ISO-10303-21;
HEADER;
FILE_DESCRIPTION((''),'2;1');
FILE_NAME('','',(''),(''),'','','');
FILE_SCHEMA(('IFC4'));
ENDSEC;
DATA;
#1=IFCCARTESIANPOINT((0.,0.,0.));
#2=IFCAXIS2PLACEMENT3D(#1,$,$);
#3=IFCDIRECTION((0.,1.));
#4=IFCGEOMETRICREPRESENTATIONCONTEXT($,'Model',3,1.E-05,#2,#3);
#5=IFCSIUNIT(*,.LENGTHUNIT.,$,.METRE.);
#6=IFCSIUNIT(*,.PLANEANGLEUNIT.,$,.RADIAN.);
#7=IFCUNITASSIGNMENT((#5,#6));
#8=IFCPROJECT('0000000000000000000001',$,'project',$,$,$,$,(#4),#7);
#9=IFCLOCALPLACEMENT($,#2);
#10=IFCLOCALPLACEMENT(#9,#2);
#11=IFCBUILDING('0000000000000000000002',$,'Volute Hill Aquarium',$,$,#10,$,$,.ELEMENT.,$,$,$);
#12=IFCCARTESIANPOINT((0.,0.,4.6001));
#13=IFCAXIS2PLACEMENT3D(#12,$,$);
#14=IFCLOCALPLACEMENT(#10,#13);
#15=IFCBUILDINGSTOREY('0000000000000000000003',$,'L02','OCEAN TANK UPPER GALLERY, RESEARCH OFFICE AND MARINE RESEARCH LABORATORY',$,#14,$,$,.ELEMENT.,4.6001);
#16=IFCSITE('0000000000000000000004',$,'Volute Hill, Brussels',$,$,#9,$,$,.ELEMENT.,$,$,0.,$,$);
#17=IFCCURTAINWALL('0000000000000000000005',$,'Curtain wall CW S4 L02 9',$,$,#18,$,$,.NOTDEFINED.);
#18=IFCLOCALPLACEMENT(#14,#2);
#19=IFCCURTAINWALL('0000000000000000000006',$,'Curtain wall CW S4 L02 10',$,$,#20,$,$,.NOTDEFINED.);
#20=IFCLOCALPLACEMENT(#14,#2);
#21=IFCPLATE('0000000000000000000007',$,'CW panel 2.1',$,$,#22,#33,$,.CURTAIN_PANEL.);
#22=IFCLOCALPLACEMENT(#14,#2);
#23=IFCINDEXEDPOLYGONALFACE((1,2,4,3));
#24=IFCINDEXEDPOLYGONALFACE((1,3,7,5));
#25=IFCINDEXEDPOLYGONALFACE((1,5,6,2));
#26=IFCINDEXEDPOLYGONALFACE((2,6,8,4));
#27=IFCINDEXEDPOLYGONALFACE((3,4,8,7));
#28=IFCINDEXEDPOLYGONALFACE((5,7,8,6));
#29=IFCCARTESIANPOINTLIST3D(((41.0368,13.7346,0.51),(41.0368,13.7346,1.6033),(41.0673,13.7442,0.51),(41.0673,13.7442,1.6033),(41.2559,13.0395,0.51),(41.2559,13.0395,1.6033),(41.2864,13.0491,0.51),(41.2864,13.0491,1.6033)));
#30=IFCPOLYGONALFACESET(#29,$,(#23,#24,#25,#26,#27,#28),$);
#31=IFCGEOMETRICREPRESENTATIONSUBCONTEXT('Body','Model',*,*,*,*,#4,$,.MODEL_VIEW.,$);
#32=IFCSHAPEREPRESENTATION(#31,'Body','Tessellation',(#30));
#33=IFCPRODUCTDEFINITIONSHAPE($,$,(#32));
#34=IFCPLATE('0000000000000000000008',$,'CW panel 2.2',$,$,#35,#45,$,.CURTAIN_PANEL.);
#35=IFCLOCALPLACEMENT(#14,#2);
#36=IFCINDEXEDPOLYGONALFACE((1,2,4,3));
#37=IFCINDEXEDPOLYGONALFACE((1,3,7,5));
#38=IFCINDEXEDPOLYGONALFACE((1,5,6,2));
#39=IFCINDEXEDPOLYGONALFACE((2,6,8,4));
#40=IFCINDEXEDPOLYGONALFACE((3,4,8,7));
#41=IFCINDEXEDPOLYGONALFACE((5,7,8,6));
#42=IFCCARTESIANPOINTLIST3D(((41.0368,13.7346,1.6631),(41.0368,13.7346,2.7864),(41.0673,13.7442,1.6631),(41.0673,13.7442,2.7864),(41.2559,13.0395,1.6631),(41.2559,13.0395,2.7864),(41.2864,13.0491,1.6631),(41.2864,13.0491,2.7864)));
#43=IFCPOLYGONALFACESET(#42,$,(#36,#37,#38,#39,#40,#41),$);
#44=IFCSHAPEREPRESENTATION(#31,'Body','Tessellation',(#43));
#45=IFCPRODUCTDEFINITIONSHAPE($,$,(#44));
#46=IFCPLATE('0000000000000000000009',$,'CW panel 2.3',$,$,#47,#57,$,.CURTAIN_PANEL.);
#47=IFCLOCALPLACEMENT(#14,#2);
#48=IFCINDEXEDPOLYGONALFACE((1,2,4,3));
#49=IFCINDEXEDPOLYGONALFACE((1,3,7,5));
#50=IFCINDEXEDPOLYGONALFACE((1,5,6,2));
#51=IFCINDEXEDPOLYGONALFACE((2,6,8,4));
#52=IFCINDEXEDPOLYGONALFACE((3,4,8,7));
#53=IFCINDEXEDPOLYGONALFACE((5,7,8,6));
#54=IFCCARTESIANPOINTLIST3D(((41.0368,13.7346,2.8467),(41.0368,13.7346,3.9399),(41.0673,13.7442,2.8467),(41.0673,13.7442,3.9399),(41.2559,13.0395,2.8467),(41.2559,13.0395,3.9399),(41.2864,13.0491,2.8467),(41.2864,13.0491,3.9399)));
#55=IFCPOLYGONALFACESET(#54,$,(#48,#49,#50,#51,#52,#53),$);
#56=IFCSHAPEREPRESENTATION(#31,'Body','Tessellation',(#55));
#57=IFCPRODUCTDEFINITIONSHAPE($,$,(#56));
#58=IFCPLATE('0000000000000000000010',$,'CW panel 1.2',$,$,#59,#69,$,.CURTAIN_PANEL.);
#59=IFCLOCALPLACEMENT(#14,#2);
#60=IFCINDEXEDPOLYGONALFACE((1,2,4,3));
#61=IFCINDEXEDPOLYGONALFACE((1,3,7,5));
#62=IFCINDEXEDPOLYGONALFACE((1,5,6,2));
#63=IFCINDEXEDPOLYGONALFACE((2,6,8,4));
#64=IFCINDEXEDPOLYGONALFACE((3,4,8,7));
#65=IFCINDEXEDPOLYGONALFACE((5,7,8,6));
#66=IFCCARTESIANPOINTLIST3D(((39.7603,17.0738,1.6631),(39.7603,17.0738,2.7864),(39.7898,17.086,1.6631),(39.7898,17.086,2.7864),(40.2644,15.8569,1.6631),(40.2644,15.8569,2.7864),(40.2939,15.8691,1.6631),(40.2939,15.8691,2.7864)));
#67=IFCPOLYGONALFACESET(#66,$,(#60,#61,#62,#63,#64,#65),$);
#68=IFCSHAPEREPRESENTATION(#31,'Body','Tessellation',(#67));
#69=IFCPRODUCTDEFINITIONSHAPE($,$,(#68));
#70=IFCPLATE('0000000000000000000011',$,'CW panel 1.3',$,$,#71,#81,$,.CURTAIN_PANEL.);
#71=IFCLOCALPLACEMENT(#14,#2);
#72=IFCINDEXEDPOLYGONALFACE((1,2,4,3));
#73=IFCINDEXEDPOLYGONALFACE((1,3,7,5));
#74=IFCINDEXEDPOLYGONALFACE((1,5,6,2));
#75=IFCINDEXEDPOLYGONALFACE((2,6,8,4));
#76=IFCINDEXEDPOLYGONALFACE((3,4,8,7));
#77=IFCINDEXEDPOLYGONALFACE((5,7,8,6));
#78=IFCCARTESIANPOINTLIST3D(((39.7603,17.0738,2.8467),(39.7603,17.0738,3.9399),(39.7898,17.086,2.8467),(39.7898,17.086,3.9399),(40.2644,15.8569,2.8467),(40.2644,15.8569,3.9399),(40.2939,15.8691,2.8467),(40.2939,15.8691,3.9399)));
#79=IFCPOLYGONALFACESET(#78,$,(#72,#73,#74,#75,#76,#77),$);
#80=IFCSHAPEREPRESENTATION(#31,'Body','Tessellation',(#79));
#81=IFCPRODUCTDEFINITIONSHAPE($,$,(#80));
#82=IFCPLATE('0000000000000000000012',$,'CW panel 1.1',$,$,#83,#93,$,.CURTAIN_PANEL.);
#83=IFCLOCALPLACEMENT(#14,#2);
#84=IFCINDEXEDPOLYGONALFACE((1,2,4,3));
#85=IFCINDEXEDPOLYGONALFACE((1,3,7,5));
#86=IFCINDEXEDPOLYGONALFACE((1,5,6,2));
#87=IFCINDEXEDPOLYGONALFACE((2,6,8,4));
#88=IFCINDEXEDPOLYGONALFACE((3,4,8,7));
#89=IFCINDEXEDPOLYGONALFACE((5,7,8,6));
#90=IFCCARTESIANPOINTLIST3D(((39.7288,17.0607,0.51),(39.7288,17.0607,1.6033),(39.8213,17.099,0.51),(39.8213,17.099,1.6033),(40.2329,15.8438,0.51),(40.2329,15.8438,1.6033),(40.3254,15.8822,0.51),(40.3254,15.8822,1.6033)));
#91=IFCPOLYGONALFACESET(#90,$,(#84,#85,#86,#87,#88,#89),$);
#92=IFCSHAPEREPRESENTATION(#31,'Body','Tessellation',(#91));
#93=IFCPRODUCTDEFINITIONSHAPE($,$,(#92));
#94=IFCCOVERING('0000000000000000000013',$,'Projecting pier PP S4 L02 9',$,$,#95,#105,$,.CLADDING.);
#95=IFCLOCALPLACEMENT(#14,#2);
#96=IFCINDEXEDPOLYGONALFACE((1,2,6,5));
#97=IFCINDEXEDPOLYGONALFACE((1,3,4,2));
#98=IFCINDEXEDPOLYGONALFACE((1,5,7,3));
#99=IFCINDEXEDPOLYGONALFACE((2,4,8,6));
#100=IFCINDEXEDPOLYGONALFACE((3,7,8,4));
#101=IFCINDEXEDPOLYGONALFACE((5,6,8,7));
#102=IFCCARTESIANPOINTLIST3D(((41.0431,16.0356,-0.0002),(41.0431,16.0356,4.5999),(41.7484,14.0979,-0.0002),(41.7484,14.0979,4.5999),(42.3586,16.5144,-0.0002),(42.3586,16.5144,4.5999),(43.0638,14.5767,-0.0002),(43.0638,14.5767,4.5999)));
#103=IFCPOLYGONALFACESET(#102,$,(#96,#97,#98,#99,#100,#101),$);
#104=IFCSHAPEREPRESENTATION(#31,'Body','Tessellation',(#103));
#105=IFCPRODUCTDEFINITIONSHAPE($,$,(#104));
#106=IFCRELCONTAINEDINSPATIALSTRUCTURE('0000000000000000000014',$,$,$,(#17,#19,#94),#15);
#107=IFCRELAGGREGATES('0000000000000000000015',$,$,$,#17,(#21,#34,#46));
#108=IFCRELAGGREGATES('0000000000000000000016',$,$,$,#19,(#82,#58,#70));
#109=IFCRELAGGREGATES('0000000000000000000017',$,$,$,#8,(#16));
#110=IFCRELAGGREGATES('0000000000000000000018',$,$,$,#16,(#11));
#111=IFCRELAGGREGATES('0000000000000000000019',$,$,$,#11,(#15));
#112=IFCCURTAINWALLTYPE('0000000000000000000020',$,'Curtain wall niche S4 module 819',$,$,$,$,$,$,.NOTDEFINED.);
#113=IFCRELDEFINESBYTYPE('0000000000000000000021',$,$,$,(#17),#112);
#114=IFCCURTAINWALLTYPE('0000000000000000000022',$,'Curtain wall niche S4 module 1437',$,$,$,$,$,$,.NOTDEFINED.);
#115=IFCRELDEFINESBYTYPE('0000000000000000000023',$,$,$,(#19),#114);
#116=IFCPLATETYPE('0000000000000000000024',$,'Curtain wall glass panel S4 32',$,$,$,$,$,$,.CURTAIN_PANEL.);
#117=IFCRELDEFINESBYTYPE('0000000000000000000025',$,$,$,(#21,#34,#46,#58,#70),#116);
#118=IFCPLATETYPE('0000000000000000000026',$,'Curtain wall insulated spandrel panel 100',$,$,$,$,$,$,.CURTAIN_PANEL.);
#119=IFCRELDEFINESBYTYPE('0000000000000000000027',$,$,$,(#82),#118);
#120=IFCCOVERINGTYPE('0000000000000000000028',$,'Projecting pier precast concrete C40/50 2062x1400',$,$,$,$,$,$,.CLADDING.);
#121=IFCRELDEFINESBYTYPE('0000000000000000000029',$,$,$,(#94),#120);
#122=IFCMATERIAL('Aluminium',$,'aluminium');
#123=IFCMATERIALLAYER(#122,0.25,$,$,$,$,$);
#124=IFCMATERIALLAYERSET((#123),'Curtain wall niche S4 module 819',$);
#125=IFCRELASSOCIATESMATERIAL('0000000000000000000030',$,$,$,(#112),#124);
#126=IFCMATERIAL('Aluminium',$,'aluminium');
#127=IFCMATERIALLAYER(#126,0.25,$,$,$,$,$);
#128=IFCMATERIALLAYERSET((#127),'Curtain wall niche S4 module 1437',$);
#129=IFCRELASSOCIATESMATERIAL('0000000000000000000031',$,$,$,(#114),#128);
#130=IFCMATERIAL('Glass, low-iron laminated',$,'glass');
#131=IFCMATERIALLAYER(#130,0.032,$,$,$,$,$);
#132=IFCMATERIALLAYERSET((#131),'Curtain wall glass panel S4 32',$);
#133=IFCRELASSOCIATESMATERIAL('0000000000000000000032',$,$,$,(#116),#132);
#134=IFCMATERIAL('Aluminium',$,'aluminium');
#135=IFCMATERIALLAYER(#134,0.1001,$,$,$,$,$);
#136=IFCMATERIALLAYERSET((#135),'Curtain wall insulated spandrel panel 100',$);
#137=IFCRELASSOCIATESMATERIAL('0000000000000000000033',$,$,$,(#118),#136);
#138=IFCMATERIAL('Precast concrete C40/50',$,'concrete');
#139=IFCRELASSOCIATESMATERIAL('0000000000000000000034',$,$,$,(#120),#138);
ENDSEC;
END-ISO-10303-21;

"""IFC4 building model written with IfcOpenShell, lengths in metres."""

from ifc_helpers import new_model, si_unit, direction, frame, origin, origin_2d, place, context, subcontext, project, spatial, rectangle, extrude, material, layer, layer_set, type_object, element, aggregate, save


model = new_model("IFC4")

# Units and contexts
model_context = context("Model", 3, precision=1e-05, world=origin(), true_north=direction((0.0, 1.0)))
body_context = subcontext(model_context, "Body", "Model", "MODEL_VIEW")
ifc_project = project(units=[si_unit("LENGTHUNIT", "METRE"), si_unit("PLANEANGLEUNIT", "RADIAN")], contexts=[model_context])

# Site, building, storey
site_placement = place(None, origin())
site = spatial("IfcSite", under=ifc_project, at=site_placement, Name="Volute Hill, Brussels", CompositionType="ELEMENT", RefElevation=0.0)
building_placement = place(site_placement, origin())
building = spatial("IfcBuilding", under=site, at=building_placement, Name="Volute Hill Aquarium", CompositionType="ELEMENT")
storey_placement = place(building_placement, frame((0.0, 0.0, 4.6001)))
storey = spatial("IfcBuildingStorey", under=building, at=storey_placement, Name="L02", Description="OCEAN TANK UPPER GALLERY, RESEARCH OFFICE AND MARINE RESEARCH LABORATORY", CompositionType="ELEMENT", Elevation=4.6001)

# Curtain wall
ifc_material_1 = material(Name="Aluminium", Category="aluminium")
ifc_layer_1 = layer(ifc_material_1, 0.25)
ifc_layer_set_1 = layer_set([ifc_layer_1], Name="Curtain wall niche S4 module 819")
curtain_wall_type_1 = type_object("IfcCurtainWallType", Name="Curtain wall niche S4 module 819", PredefinedType="NOTDEFINED", material=ifc_layer_set_1)
curtain_wall_1_placement = place(storey_placement, origin())
curtain_wall_1 = element("IfcCurtainWall", 1, at=curtain_wall_1_placement, inside=storey, type_object=curtain_wall_type_1, Name="Curtain wall CW S4 L02 9", PredefinedType="NOTDEFINED")

# Curtain wall
ifc_material_2 = material(Name="Aluminium", Category="aluminium")
ifc_layer_2 = layer(ifc_material_2, 0.25)
ifc_layer_set_2 = layer_set([ifc_layer_2], Name="Curtain wall niche S4 module 1437")
curtain_wall_type_2 = type_object("IfcCurtainWallType", Name="Curtain wall niche S4 module 1437", PredefinedType="NOTDEFINED", material=ifc_layer_set_2)
curtain_wall_2_placement = place(storey_placement, origin())
curtain_wall_2 = element("IfcCurtainWall", 2, at=curtain_wall_2_placement, inside=storey, type_object=curtain_wall_type_2, Name="Curtain wall CW S4 L02 10", PredefinedType="NOTDEFINED")

# Plates
ifc_material_3 = material(Name="Glass, low-iron laminated", Category="glass")
ifc_layer_3 = layer(ifc_material_3, 0.032)
ifc_layer_set_3 = layer_set([ifc_layer_3], Name="Curtain wall glass panel S4 32")
plate_type_1 = type_object("IfcPlateType", Name="Curtain wall glass panel S4 32", PredefinedType="CURTAIN_PANEL", material=ifc_layer_set_3)
plate_1_placement = place(storey_placement, frame((41.1616, 13.3918, 0.51), z_axis=(0.0, 0.0, 1.0), x_axis=(-0.30071, 0.953716, 0.0)))
plate_1 = element("IfcPlate", 3, at=plate_1_placement, type_object=plate_type_1, Name="CW panel 2.1", PredefinedType="CURTAIN_PANEL", context=body_context, shape_type="SweptSolid", body=[
    extrude(rectangle(XDim=0.7288, YDim=0.032, at=origin_2d()), origin(), (0.0, 0.0, 1.0), 1.0933),
])
plate_2_placement = place(storey_placement, frame((41.1616, 13.3918, 1.6631), z_axis=(0.0, 0.0, 1.0), x_axis=(-0.30071, 0.953716, 0.0)))
plate_2 = element("IfcPlate", 4, at=plate_2_placement, type_object=plate_type_1, Name="CW panel 2.2", PredefinedType="CURTAIN_PANEL", context=body_context, shape_type="SweptSolid", body=[
    extrude(rectangle(XDim=0.7288, YDim=0.032, at=origin_2d()), origin(), (0.0, 0.0, 1.0), 1.1233),
])
plate_3_placement = place(storey_placement, frame((41.1616, 13.3918, 2.8467), z_axis=(0.0, 0.0, 1.0), x_axis=(-0.30071, 0.953716, 0.0)))
plate_3 = element("IfcPlate", 5, at=plate_3_placement, type_object=plate_type_1, Name="CW panel 2.3", PredefinedType="CURTAIN_PANEL", context=body_context, shape_type="SweptSolid", body=[
    extrude(rectangle(XDim=0.7288, YDim=0.032, at=origin_2d()), origin(), (0.0, 0.0, 1.0), 1.0933),
])
aggregate(curtain_wall_1, [plate_1, plate_2, plate_3])
plate_4_placement = place(storey_placement, frame((40.0271, 16.4714, 1.6631), z_axis=(0.0, 0.0, 1.0), x_axis=(-0.382697, 0.923874, 0.0)))
plate_4 = element("IfcPlate", 6, at=plate_4_placement, type_object=plate_type_1, Name="CW panel 1.2", PredefinedType="CURTAIN_PANEL", context=body_context, shape_type="SweptSolid", body=[
    extrude(rectangle(XDim=1.3171, YDim=0.032, at=origin_2d()), origin(), (0.0, 0.0, 1.0), 1.1233),
])
plate_5_placement = place(storey_placement, frame((40.0271, 16.4714, 2.8467), z_axis=(0.0, 0.0, 1.0), x_axis=(-0.382697, 0.923874, 0.0)))
plate_5 = element("IfcPlate", 7, at=plate_5_placement, type_object=plate_type_1, Name="CW panel 1.3", PredefinedType="CURTAIN_PANEL", context=body_context, shape_type="SweptSolid", body=[
    extrude(rectangle(XDim=1.3171, YDim=0.032, at=origin_2d()), origin(), (0.0, 0.0, 1.0), 1.0933),
])
ifc_material_4 = material(Name="Aluminium", Category="aluminium")
ifc_layer_4 = layer(ifc_material_4, 0.1001)
ifc_layer_set_4 = layer_set([ifc_layer_4], Name="Curtain wall insulated spandrel panel 100")
plate_type_2 = type_object("IfcPlateType", Name="Curtain wall insulated spandrel panel 100", PredefinedType="CURTAIN_PANEL", material=ifc_layer_set_4)
plate_6_placement = place(storey_placement, frame((40.0271, 16.4714, 0.51), z_axis=(0.0, 0.0, 1.0), x_axis=(-0.382697, 0.923874, 0.0)))
plate_6 = element("IfcPlate", 8, at=plate_6_placement, type_object=plate_type_2, Name="CW panel 1.1", PredefinedType="CURTAIN_PANEL", context=body_context, shape_type="SweptSolid", body=[
    extrude(rectangle(XDim=1.3171, YDim=0.1001, at=origin_2d()), origin(), (0.0, 0.0, 1.0), 1.0933),
])
aggregate(curtain_wall_2, [plate_6, plate_4, plate_5])

# Covering
ifc_material_5 = material(Name="Precast concrete C40/50", Category="concrete")
covering_type = type_object("IfcCoveringType", Name="Projecting pier precast concrete C40/50 2062x1400", PredefinedType="CLADDING", material=ifc_material_5)
covering_placement = place(storey_placement, frame((42.0535, 15.3062, -0.0002), z_axis=(0.0, 0.0, 1.0), x_axis=(-0.34202, 0.939693, 0.0)))
element("IfcCovering", 9, at=covering_placement, inside=storey, type_object=covering_type, Name="Projecting pier PP S4 L02 9", PredefinedType="CLADDING", context=body_context, shape_type="SweptSolid", body=[
    extrude(rectangle(XDim=2.062, YDim=1.3999, at=origin_2d()), origin(), (0.0, 0.0, 1.0), 4.6001),
])

save(model, "model.ifc")
